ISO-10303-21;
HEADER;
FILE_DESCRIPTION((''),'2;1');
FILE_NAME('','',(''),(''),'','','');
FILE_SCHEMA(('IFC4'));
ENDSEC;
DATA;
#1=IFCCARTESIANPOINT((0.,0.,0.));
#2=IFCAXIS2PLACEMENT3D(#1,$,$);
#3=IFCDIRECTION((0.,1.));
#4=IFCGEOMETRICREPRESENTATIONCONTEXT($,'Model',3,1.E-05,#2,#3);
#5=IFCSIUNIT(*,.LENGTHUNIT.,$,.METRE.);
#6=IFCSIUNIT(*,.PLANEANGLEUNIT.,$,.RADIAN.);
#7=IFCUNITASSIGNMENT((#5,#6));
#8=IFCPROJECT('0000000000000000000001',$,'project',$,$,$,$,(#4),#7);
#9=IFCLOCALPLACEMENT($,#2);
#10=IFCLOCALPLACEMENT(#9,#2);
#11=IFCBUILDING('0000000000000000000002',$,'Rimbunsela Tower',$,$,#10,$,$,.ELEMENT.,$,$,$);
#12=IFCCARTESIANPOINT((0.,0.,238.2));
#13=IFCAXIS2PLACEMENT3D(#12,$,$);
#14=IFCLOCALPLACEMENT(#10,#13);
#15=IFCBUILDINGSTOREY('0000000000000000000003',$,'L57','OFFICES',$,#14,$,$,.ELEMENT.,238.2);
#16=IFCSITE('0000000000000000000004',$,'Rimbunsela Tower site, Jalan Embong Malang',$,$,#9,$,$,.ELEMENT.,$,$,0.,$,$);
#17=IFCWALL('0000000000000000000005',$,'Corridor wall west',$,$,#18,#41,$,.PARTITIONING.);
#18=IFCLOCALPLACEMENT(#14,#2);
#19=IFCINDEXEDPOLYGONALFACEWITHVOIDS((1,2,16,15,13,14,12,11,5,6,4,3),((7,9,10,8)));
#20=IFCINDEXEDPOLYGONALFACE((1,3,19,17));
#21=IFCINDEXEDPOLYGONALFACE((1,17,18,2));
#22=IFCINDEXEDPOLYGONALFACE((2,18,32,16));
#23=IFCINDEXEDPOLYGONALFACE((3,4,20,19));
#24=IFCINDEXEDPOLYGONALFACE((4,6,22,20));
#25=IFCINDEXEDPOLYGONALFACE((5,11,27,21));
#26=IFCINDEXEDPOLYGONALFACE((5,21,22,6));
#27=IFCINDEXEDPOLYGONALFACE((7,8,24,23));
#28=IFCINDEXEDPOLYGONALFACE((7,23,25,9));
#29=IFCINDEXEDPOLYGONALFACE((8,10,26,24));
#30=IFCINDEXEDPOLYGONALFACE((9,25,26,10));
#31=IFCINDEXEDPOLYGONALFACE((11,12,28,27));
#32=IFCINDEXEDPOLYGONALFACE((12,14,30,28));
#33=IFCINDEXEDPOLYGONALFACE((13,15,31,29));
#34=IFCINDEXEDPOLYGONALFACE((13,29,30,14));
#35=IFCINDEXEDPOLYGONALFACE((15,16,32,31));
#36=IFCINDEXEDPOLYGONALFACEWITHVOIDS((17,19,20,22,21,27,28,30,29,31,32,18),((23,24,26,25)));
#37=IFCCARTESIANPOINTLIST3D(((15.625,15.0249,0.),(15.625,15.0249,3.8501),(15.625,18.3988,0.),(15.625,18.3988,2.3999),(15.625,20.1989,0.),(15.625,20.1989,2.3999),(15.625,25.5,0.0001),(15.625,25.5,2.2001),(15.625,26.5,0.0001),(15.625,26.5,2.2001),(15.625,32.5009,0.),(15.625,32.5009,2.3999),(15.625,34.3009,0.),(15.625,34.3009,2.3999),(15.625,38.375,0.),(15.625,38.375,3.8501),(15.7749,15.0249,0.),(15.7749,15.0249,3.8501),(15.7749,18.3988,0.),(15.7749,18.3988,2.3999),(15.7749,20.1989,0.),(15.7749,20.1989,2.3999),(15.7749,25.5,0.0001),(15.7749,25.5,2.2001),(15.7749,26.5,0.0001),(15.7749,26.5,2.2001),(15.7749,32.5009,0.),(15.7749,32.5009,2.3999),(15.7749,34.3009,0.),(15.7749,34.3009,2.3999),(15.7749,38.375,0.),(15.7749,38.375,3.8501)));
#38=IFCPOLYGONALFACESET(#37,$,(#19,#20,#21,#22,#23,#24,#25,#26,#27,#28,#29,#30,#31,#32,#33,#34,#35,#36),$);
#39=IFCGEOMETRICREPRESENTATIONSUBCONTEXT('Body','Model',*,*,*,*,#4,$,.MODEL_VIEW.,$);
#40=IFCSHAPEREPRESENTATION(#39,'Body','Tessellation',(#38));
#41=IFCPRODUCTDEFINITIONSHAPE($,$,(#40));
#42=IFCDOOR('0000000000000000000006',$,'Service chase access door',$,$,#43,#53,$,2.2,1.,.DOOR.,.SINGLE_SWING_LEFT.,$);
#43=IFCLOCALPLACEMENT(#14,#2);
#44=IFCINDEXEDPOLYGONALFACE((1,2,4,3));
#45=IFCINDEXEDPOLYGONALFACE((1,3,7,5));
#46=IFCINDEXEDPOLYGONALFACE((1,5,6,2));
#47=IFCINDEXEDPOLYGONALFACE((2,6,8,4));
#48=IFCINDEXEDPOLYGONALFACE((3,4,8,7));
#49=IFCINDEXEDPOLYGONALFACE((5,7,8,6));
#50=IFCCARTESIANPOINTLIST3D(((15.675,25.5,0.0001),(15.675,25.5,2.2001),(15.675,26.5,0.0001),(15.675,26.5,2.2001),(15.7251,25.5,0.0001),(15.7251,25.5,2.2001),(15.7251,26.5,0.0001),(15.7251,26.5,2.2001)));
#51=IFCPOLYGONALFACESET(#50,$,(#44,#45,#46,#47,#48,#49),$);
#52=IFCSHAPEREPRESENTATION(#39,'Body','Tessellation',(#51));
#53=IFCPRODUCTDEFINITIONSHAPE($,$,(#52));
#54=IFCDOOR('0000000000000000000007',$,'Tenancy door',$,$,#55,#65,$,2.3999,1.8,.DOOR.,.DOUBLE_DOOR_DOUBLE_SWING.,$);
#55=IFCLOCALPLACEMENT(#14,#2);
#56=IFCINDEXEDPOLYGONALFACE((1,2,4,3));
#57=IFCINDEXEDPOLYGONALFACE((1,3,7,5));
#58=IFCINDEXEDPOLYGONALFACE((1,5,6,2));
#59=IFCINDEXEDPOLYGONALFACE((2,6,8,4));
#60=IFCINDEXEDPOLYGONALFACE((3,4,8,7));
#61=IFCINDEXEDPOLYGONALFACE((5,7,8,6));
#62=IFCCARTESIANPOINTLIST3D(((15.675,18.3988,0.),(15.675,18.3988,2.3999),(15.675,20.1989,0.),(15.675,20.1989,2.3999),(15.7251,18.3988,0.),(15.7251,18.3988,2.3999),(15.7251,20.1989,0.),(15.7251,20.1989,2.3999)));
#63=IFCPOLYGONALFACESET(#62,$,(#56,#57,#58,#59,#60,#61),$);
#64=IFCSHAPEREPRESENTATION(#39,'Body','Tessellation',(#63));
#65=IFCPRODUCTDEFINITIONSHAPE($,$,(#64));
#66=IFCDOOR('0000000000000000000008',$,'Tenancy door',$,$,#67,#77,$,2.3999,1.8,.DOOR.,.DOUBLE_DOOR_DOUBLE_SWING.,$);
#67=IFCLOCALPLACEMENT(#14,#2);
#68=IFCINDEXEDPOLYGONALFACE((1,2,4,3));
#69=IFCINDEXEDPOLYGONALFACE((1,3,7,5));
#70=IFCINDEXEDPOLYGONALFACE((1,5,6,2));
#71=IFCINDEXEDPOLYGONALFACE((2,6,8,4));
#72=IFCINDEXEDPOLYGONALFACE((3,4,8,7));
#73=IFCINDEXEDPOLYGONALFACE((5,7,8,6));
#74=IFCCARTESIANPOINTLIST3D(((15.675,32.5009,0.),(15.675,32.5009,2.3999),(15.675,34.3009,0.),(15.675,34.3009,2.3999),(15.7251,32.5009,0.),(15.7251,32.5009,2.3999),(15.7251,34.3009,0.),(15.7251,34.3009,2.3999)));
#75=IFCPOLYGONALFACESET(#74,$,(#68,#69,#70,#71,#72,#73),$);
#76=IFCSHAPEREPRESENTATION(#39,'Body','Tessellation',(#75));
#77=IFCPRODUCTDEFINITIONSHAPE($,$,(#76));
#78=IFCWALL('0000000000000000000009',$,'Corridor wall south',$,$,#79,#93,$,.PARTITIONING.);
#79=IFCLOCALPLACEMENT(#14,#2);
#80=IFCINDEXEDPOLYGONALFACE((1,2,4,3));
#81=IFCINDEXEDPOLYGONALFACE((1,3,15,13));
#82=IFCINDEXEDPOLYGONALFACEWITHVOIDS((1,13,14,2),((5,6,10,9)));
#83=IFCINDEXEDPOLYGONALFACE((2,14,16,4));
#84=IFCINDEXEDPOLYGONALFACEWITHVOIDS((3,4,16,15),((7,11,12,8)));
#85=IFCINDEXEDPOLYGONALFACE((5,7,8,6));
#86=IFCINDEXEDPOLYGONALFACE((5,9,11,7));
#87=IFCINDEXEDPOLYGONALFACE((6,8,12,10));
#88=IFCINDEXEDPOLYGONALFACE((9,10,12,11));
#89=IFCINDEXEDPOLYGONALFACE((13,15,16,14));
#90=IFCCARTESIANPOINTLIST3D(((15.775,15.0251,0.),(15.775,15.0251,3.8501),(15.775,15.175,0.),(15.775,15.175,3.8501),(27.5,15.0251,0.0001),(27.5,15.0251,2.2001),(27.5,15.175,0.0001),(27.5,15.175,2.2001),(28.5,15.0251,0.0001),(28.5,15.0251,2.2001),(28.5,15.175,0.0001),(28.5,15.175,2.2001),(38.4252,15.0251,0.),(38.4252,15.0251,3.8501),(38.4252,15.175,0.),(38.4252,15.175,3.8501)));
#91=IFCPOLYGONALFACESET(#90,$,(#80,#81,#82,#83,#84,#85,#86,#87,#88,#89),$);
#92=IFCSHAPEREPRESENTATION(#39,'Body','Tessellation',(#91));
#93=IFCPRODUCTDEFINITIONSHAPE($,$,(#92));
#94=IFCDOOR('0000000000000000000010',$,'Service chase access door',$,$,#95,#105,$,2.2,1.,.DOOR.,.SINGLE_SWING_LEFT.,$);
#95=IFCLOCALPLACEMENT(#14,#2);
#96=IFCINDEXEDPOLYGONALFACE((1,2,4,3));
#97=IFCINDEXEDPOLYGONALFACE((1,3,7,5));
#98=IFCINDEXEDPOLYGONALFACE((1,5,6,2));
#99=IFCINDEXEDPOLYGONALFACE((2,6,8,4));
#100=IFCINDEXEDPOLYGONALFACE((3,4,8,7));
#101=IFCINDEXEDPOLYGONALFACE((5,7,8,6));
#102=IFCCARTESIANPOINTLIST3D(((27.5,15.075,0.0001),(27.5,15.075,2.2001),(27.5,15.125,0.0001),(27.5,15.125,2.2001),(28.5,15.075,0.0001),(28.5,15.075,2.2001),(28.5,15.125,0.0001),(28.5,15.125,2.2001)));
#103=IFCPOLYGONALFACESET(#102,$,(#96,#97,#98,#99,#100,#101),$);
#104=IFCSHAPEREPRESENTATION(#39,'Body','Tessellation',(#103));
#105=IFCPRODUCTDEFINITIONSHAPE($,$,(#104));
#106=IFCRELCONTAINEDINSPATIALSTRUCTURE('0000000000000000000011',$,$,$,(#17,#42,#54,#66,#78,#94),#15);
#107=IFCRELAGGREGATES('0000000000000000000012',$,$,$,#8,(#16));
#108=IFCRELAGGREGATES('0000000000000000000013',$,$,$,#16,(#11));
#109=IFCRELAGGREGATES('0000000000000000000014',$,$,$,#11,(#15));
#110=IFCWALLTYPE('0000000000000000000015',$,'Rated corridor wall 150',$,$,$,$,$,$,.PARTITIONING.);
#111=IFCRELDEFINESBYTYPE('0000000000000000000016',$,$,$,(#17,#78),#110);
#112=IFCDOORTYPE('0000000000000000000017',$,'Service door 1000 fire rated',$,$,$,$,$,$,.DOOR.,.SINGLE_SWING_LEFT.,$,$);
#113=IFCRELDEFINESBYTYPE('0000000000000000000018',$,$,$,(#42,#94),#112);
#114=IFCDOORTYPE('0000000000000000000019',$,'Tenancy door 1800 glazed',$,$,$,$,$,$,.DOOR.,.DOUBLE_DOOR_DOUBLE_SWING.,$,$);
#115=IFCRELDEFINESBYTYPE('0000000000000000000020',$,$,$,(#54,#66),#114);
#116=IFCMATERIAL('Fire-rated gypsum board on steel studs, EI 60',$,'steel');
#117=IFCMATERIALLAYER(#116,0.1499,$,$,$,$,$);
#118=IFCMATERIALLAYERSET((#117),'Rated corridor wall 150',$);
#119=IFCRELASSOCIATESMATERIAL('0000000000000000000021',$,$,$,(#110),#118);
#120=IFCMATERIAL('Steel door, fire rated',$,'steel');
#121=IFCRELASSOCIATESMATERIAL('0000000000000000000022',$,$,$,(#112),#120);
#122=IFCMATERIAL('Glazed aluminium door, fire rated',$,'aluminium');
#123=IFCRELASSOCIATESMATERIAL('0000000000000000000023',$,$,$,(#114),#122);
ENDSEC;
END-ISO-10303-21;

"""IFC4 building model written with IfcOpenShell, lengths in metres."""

from ifc_helpers import new_model, si_unit, direction, frame, frame_2d, origin, place, context, subcontext, project, spatial, rectangle, extrude, material, layer, layer_set, type_object, element, fill, save


model = new_model("IFC4")

# Units and contexts
model_context = context("Model", 3, precision=1e-05, world=origin(), true_north=direction((0.0, 1.0)))
body_context = subcontext(model_context, "Body", "Model", "MODEL_VIEW")
ifc_project = project(units=[si_unit("LENGTHUNIT", "METRE"), si_unit("PLANEANGLEUNIT", "RADIAN")], contexts=[model_context])

# Site, building, storey
site_placement = place(None, origin())
site = spatial("IfcSite", under=ifc_project, at=site_placement, Name="Rimbunsela Tower site, Jalan Embong Malang", CompositionType="ELEMENT", RefElevation=0.0)
building_placement = place(site_placement, origin())
building = spatial("IfcBuilding", under=site, at=building_placement, Name="Rimbunsela Tower", CompositionType="ELEMENT")
storey_placement = place(building_placement, frame((0.0, 0.0, 238.2)))
storey = spatial("IfcBuildingStorey", under=building, at=storey_placement, Name="L57", Description="OFFICES", CompositionType="ELEMENT", Elevation=238.2)

# Wall, openings, doors
ifc_material_1 = material(Name="Fire-rated gypsum board on steel studs, EI 60", Category="steel")
ifc_layer_1 = layer(ifc_material_1, 0.1499)
ifc_layer_set_1 = layer_set([ifc_layer_1], Name="Rated corridor wall 150")
wall_type_1 = type_object("IfcWallType", Name="Rated corridor wall 150", PredefinedType="PARTITIONING", material=ifc_layer_set_1)
wall_1_placement = place(storey_placement, frame((15.7, 15.0249, 0.0), z_axis=(0.0, 0.0, 1.0), x_axis=(0.0, 1.0, 0.0)))
wall_1 = element("IfcWall", 1, at=wall_1_placement, inside=storey, type_object=wall_type_1, Name="Corridor wall west", PredefinedType="PARTITIONING", context=body_context, shape_type="SweptSolid", body=[
    extrude(rectangle(XDim=23.3501, YDim=0.1499, at=frame_2d((11.675, 0.0))), origin(), (0.0, 0.0, 1.0), 3.8501),
])
opening_1_placement = place(wall_1_placement, frame((3.374, 0.0, 0.0)))
opening_1 = element("IfcOpeningElement", 2, at=opening_1_placement, cuts=wall_1, PredefinedType="OPENING", context=body_context, shape_type="SweptSolid", body=[
    extrude(rectangle(XDim=1.8, YDim=2.3999, at=frame_2d((0.8999, 1.2))), frame((0.0, 0.085, 0.0), z_axis=(0.0, -1.0, 0.0), x_axis=(1.0, 0.0, 0.0)), (0.0, 0.0, 1.0), 0.1699),
])
opening_2_placement = place(wall_1_placement, frame((17.4761, 0.0, 0.0)))
opening_2 = element("IfcOpeningElement", 3, at=opening_2_placement, cuts=wall_1, PredefinedType="OPENING", context=body_context, shape_type="SweptSolid", body=[
    extrude(rectangle(XDim=1.8, YDim=2.3999, at=frame_2d((0.8999, 1.2))), frame((0.0, 0.085, 0.0), z_axis=(0.0, -1.0, 0.0), x_axis=(1.0, 0.0, 0.0)), (0.0, 0.0, 1.0), 0.1699),
])
opening_3_placement = place(wall_1_placement, frame((10.4751, 0.0, 0.0)))
opening_3 = element("IfcOpeningElement", 4, at=opening_3_placement, cuts=wall_1, PredefinedType="OPENING", context=body_context, shape_type="SweptSolid", body=[
    extrude(rectangle(XDim=1.0, YDim=2.2, at=frame_2d((0.5, 1.1001))), frame((0.0, 0.085, 0.0), z_axis=(0.0, -1.0, 0.0), x_axis=(1.0, 0.0, 0.0)), (0.0, 0.0, 1.0), 0.1699),
])
ifc_material_2 = material(Name="Steel door, fire rated", Category="steel")
door_type_1 = type_object("IfcDoorType", Name="Service door 1000 fire rated", OperationType="SINGLE_SWING_LEFT", PredefinedType="DOOR", material=ifc_material_2)
door_1_placement = place(opening_3_placement, origin())
door_1 = element("IfcDoor", 5, at=door_1_placement, inside=storey, type_object=door_type_1, Name="Service chase access door", OperationType="SINGLE_SWING_LEFT", OverallHeight=2.2, OverallWidth=1.0, PredefinedType="DOOR", context=body_context, shape_type="SweptSolid", body=[
    extrude(rectangle(XDim=1.0, YDim=2.2, at=frame_2d((0.5, 1.1001))), frame((0.0, 0.0249, 0.0), z_axis=(0.0, -1.0, 0.0), x_axis=(1.0, 0.0, 0.0)), (0.0, 0.0, 1.0), 0.05),
])
fill(opening_3, door_1)
ifc_material_3 = material(Name="Glazed aluminium door, fire rated", Category="aluminium")
door_type_2 = type_object("IfcDoorType", Name="Tenancy door 1800 glazed", OperationType="DOUBLE_DOOR_DOUBLE_SWING", PredefinedType="DOOR", material=ifc_material_3)
door_2_placement = place(opening_1_placement, origin())
door_2 = element("IfcDoor", 6, at=door_2_placement, inside=storey, type_object=door_type_2, Name="Tenancy door", OperationType="DOUBLE_DOOR_DOUBLE_SWING", OverallHeight=2.3999, OverallWidth=1.8, PredefinedType="DOOR", context=body_context, shape_type="SweptSolid", body=[
    extrude(rectangle(XDim=1.8, YDim=2.3999, at=frame_2d((0.8999, 1.2))), frame((0.0, 0.0249, 0.0), z_axis=(0.0, -1.0, 0.0), x_axis=(1.0, 0.0, 0.0)), (0.0, 0.0, 1.0), 0.05),
])
fill(opening_1, door_2)
door_3_placement = place(opening_2_placement, origin())
door_3 = element("IfcDoor", 7, at=door_3_placement, inside=storey, type_object=door_type_2, Name="Tenancy door", OperationType="DOUBLE_DOOR_DOUBLE_SWING", OverallHeight=2.3999, OverallWidth=1.8, PredefinedType="DOOR", context=body_context, shape_type="SweptSolid", body=[
    extrude(rectangle(XDim=1.8, YDim=2.3999, at=frame_2d((0.8999, 1.2))), frame((0.0, 0.0249, 0.0), z_axis=(0.0, -1.0, 0.0), x_axis=(1.0, 0.0, 0.0)), (0.0, 0.0, 1.0), 0.05),
])
fill(opening_2, door_3)

# Wall, opening, door
wall_2_placement = place(storey_placement, frame((15.7749, 15.1001, 0.0), z_axis=(0.0, 0.0, 1.0), x_axis=(1.0, 0.0, 0.0)))
wall_2 = element("IfcWall", 8, at=wall_2_placement, inside=storey, type_object=wall_type_1, Name="Corridor wall south", PredefinedType="PARTITIONING", context=body_context, shape_type="SweptSolid", body=[
    extrude(rectangle(XDim=22.6501, YDim=0.1499, at=frame_2d((11.3252, 0.0))), origin(), (0.0, 0.0, 1.0), 3.8501),
])
opening_4_placement = place(wall_2_placement, frame((11.7251, 0.0, 0.0)))
opening_4 = element("IfcOpeningElement", 9, at=opening_4_placement, cuts=wall_2, PredefinedType="OPENING", context=body_context, shape_type="SweptSolid", body=[
    extrude(rectangle(XDim=1.0, YDim=2.2, at=frame_2d((0.5, 1.1001))), frame((0.0, 0.085, 0.0), z_axis=(0.0, -1.0, 0.0), x_axis=(1.0, 0.0, 0.0)), (0.0, 0.0, 1.0), 0.1699),
])
door_4_placement = place(opening_4_placement, origin())
door_4 = element("IfcDoor", 10, at=door_4_placement, inside=storey, type_object=door_type_1, Name="Service chase access door", OperationType="SINGLE_SWING_LEFT", OverallHeight=2.2, OverallWidth=1.0, PredefinedType="DOOR", context=body_context, shape_type="SweptSolid", body=[
    extrude(rectangle(XDim=1.0, YDim=2.2, at=frame_2d((0.5, 1.1001))), frame((0.0, 0.0249, 0.0), z_axis=(0.0, -1.0, 0.0), x_axis=(1.0, 0.0, 0.0)), (0.0, 0.0, 1.0), 0.05),
])
fill(opening_4, door_4)

save(model, "model.ifc")
